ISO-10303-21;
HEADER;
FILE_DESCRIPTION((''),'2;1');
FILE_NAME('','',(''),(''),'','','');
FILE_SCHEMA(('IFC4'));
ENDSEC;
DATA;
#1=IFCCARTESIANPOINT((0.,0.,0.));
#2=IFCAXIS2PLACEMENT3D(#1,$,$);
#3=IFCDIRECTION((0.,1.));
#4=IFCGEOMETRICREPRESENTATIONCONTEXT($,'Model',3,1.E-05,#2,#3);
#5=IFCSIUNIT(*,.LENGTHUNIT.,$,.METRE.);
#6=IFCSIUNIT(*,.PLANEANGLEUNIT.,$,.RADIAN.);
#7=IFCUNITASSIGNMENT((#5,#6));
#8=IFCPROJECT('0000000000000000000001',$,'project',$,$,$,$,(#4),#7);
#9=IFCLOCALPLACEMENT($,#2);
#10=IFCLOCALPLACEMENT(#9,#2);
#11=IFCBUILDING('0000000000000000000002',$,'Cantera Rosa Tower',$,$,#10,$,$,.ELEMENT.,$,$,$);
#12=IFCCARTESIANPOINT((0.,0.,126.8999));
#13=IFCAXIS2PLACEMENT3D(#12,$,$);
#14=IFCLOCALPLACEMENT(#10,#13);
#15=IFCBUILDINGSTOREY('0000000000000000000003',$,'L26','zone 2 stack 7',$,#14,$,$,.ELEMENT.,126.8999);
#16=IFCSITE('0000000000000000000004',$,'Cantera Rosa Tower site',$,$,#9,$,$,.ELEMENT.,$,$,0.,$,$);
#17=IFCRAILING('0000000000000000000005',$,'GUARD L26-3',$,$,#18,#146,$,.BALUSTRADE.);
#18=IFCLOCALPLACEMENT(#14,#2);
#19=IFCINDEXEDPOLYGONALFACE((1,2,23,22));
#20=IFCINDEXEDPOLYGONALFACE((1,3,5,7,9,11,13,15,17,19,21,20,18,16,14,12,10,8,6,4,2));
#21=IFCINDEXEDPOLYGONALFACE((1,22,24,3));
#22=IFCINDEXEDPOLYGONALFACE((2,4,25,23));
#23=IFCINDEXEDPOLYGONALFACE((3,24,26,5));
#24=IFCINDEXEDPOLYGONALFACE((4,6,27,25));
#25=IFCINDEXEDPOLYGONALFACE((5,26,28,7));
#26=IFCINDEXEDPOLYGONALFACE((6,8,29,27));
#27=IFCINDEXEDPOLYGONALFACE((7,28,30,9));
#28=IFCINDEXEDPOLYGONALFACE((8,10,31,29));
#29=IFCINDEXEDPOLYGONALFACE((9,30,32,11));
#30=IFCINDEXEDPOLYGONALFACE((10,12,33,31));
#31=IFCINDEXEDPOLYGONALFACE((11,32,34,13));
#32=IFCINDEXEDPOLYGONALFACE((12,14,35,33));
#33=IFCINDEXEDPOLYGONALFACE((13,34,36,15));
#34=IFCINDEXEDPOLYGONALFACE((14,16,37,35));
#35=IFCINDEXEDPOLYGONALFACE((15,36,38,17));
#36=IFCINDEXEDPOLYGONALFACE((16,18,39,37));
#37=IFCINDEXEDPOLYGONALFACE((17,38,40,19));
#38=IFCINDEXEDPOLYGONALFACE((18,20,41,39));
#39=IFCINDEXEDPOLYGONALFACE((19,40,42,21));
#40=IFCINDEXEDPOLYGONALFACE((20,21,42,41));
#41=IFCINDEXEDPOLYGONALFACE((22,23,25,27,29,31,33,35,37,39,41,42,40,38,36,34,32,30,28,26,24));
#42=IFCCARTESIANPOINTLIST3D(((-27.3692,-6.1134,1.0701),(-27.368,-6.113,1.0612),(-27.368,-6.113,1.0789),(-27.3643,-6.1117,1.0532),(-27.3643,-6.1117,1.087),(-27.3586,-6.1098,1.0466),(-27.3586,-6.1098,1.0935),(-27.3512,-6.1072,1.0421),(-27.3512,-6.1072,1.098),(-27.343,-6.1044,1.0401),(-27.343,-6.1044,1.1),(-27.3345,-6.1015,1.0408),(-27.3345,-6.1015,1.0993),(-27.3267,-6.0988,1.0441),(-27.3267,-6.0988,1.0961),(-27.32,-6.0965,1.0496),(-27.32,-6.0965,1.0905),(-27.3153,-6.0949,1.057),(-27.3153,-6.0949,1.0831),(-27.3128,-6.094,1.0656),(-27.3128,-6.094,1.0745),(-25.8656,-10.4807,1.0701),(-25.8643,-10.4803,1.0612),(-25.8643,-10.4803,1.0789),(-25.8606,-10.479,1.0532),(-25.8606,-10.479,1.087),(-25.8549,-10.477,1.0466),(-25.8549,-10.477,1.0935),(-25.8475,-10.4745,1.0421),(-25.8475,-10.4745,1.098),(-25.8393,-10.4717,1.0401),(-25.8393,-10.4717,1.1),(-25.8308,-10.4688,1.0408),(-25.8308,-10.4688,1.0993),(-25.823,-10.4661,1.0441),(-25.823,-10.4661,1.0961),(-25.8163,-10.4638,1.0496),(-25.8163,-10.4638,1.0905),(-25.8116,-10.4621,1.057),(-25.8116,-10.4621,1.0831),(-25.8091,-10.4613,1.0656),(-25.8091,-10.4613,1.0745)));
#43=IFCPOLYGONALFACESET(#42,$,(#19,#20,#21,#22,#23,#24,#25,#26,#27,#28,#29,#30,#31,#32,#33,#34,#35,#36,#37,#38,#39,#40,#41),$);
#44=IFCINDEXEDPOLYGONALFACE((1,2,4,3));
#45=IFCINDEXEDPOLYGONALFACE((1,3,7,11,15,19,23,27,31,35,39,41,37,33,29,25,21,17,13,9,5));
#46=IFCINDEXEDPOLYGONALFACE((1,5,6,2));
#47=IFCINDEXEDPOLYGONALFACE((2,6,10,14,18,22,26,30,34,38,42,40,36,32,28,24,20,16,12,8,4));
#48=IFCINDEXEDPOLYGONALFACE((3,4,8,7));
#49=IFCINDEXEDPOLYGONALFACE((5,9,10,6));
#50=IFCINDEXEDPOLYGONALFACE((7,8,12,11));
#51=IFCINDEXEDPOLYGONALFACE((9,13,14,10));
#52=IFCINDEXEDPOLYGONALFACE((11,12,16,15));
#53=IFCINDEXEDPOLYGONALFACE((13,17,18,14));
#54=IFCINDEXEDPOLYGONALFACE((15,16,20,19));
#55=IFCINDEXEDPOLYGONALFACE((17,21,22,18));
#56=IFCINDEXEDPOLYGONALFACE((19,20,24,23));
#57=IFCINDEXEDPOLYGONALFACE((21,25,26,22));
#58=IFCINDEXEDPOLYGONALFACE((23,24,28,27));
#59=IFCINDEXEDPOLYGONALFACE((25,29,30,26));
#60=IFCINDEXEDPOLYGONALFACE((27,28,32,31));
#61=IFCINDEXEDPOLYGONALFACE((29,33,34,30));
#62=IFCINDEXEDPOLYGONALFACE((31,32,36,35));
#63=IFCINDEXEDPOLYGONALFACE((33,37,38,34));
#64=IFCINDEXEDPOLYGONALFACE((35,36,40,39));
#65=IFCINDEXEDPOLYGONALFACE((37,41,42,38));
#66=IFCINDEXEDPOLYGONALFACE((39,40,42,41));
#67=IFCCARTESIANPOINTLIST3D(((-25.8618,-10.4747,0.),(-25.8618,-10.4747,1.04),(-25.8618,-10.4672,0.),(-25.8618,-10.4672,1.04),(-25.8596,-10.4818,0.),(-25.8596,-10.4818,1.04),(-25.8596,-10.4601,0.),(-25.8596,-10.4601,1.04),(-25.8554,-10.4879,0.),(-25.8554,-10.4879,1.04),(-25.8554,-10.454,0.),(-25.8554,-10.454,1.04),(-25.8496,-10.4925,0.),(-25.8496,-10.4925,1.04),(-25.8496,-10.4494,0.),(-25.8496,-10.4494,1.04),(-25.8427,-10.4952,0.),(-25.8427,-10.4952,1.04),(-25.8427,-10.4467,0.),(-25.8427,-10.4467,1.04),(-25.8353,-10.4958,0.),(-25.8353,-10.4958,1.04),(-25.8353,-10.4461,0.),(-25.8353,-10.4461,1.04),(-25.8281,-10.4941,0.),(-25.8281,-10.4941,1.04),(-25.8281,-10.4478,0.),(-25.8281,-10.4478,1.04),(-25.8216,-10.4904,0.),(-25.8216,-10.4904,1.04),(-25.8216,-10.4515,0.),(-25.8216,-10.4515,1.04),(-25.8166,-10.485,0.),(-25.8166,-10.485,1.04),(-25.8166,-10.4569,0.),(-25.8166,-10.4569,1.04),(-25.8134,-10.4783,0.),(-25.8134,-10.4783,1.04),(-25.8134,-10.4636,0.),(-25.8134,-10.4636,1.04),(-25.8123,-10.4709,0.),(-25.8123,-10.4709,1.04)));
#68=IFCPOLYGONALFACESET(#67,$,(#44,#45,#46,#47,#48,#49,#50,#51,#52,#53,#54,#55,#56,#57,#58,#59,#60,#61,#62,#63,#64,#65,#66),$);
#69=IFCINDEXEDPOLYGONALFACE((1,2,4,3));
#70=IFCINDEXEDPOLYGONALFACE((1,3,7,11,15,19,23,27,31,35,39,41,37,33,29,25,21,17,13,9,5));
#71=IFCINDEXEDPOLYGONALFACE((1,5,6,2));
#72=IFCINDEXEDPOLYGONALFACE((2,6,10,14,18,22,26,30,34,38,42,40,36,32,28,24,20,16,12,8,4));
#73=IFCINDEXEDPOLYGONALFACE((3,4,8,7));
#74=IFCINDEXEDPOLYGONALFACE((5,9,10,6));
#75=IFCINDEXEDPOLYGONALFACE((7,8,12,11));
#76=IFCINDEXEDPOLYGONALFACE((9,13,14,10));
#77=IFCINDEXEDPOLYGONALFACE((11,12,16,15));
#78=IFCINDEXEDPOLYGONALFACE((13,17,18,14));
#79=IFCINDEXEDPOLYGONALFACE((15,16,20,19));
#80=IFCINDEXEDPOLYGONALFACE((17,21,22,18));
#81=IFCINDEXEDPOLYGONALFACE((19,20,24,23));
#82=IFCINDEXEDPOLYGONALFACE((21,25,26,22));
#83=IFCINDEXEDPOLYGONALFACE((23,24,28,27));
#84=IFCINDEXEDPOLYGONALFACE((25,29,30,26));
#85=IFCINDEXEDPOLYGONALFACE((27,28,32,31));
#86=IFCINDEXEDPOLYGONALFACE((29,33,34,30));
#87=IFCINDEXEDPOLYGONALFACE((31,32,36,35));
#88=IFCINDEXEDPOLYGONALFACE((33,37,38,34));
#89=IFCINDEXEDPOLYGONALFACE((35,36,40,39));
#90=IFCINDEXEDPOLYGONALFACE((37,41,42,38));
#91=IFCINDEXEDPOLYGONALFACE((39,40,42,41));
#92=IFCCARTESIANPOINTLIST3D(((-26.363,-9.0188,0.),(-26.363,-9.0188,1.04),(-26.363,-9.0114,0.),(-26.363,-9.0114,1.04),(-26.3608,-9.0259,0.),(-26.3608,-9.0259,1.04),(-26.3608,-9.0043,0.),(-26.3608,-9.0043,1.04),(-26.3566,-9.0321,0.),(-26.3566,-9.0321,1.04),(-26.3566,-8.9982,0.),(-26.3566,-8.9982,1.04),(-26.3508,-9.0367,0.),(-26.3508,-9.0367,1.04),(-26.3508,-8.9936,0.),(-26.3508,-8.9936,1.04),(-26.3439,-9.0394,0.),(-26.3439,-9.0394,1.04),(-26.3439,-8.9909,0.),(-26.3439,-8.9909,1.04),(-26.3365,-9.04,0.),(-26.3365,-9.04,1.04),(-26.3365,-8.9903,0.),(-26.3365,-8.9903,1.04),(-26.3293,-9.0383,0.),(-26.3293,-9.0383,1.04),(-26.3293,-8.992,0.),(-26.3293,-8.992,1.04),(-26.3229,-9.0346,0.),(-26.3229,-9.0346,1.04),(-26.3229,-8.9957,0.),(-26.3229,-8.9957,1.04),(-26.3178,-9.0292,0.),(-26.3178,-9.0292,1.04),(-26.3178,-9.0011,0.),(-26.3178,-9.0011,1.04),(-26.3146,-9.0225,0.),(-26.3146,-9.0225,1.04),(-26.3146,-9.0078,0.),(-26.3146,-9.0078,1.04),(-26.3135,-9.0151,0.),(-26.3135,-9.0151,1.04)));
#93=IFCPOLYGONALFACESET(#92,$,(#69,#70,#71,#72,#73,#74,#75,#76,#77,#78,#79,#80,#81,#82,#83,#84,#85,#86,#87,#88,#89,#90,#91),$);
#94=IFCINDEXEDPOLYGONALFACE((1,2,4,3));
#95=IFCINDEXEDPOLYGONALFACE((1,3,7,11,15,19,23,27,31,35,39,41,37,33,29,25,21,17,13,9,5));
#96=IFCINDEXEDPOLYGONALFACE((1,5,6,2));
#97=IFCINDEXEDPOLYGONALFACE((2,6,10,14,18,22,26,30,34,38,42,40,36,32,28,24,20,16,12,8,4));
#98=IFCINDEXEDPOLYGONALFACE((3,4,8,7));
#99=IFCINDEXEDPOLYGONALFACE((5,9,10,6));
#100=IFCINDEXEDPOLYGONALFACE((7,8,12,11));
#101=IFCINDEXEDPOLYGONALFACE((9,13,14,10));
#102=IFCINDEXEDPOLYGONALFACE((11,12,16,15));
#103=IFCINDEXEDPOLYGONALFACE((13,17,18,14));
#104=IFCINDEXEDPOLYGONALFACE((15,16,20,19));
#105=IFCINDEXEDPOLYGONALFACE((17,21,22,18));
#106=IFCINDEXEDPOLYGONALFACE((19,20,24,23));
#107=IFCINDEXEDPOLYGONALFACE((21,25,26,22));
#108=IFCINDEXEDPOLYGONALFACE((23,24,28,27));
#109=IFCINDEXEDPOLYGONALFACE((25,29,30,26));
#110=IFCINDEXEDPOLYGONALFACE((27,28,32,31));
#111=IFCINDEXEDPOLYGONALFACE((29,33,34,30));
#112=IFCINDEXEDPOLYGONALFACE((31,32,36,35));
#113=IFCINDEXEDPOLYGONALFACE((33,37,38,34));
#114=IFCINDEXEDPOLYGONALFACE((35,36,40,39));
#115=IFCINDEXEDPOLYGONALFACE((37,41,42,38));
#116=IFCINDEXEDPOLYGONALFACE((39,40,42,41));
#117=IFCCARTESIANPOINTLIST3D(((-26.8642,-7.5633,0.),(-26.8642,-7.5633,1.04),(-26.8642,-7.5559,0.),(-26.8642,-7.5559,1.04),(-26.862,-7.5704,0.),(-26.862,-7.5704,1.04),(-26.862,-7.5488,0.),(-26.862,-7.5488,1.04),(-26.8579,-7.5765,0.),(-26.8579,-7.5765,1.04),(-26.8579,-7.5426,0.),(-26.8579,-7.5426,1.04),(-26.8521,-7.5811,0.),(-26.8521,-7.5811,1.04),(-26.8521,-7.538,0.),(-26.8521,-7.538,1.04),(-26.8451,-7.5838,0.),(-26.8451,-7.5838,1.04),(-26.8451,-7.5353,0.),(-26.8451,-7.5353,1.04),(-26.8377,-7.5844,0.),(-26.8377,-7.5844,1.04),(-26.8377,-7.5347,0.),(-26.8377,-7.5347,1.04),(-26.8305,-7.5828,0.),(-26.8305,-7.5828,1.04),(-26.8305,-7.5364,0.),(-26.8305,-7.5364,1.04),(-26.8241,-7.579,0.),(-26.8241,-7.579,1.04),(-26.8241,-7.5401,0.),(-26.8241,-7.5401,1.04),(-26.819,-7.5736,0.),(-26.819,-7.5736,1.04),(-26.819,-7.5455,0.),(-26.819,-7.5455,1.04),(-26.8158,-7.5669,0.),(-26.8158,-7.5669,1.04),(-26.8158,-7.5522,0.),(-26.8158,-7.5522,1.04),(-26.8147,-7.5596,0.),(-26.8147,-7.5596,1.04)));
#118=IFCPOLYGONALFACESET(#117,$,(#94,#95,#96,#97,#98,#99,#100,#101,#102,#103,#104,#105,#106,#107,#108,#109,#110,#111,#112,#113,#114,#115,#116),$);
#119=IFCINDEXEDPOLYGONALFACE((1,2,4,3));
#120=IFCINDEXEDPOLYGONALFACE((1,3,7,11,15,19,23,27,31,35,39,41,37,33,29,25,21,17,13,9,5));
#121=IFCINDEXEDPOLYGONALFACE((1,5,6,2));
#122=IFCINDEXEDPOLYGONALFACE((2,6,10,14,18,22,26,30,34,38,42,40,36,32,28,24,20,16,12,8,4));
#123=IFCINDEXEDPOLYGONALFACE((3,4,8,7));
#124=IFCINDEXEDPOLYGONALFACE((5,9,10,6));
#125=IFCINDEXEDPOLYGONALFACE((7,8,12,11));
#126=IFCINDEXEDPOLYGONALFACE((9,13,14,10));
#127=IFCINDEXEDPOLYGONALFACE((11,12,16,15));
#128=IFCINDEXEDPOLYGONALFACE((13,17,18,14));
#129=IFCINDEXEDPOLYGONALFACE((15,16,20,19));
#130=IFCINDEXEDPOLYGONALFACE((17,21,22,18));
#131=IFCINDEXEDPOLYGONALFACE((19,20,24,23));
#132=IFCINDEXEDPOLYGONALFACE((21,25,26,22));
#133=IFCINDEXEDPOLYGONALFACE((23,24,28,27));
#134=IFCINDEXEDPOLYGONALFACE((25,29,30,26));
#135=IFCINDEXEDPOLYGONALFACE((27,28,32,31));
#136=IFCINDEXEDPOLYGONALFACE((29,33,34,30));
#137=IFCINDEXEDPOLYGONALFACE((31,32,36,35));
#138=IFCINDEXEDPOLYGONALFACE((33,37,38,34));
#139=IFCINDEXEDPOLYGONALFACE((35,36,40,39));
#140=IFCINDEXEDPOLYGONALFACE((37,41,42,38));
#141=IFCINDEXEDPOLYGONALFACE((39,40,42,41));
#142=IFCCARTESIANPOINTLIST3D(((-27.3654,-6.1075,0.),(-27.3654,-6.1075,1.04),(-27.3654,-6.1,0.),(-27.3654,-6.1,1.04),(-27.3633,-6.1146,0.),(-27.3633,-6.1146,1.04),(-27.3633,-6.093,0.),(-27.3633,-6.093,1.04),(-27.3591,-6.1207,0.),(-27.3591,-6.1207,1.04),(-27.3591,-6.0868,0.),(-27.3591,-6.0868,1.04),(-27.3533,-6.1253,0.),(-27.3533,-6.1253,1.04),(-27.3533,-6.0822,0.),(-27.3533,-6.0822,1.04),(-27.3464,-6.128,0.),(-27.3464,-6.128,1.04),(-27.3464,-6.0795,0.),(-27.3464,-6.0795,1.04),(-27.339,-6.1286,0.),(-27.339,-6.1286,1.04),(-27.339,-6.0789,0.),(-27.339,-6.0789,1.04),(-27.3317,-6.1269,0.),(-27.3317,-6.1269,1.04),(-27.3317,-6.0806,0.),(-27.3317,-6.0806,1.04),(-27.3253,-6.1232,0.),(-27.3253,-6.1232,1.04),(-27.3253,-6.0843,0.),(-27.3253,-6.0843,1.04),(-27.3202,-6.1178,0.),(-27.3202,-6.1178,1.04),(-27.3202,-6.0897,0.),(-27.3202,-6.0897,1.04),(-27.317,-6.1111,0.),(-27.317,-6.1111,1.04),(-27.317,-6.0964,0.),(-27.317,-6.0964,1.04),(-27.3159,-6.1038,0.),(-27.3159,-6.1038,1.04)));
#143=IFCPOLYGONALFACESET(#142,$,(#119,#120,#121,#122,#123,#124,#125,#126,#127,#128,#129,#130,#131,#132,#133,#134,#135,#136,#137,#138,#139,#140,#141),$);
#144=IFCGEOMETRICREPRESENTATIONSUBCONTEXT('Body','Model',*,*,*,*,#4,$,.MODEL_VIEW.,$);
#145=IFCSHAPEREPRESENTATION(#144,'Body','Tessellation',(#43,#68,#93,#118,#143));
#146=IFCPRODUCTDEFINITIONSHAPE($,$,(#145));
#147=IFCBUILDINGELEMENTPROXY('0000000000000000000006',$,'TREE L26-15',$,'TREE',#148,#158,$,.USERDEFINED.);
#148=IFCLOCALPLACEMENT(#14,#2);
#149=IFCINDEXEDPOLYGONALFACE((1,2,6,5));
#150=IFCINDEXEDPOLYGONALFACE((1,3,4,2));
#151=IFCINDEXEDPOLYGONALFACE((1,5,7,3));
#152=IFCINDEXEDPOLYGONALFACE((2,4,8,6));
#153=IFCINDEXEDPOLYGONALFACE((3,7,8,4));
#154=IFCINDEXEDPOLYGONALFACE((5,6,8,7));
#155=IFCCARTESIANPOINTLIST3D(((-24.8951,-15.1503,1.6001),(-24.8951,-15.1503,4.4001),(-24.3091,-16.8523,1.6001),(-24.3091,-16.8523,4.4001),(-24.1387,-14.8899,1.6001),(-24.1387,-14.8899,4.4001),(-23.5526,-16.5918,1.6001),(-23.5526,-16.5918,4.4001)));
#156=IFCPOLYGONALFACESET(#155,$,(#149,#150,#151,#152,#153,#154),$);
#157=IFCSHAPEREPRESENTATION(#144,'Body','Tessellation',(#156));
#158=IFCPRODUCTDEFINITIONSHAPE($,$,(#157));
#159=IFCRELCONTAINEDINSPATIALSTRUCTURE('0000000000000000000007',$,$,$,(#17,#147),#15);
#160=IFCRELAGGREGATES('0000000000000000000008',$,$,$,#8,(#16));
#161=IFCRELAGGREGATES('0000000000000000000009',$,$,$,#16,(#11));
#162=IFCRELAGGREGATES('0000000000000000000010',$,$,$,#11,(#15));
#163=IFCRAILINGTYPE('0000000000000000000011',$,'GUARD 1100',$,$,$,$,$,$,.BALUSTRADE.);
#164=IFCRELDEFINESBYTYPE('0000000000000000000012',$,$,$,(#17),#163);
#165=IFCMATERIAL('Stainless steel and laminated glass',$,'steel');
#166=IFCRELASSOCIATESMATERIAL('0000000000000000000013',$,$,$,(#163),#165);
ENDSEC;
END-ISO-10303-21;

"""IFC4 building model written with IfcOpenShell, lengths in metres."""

from ifc_helpers import new_model, si_unit, direction, frame, origin, origin_2d, place, context, subcontext, project, spatial, rectangle, circle, extrude, material, type_object, element, save


model = new_model("IFC4")

# Units and contexts
model_context = context("Model", 3, precision=1e-05, world=origin(), true_north=direction((0.0, 1.0)))
body_context = subcontext(model_context, "Body", "Model", "MODEL_VIEW")
ifc_project = project(units=[si_unit("LENGTHUNIT", "METRE"), si_unit("PLANEANGLEUNIT", "RADIAN")], contexts=[model_context])

# Site, building, storey
site_placement = place(None, origin())
site = spatial("IfcSite", under=ifc_project, at=site_placement, Name="Cantera Rosa Tower site", CompositionType="ELEMENT", RefElevation=0.0)
building_placement = place(site_placement, origin())
building = spatial("IfcBuilding", under=site, at=building_placement, Name="Cantera Rosa Tower", CompositionType="ELEMENT")
storey_placement = place(building_placement, frame((0.0, 0.0, 126.8999)))
storey = spatial("IfcBuildingStorey", under=building, at=storey_placement, Name="L26", Description="zone 2 stack 7", CompositionType="ELEMENT", Elevation=126.8999)

# Railing
ifc_material_1 = material(Name="Stainless steel and laminated glass", Category="steel")
railing_type = type_object("IfcRailingType", Name="GUARD 1100", PredefinedType="BALUSTRADE", material=ifc_material_1)
railing_1_placement = place(storey_placement, frame((-25.8372, -10.4709, 0.0)))
element("IfcRailing", 1, at=railing_1_placement, inside=storey, type_object=railing_type, Name="GUARD L26-3", PredefinedType="BALUSTRADE", context=body_context, shape_type="SweptSolid", body=[
    extrude(circle(Radius=0.03, at=origin_2d()), frame((0.0, 0.0, 1.0701), z_axis=(-0.325552, 0.945524, 0.0), x_axis=(-0.945524, -0.325552, 0.0)), (0.0, 0.0, 1.0), 4.6189),
    extrude(circle(Radius=0.0249, at=origin_2d()), origin(), (0.0, 0.0, 1.0), 1.04),
    extrude(circle(Radius=0.0249, at=origin_2d()), frame((-0.5012, 1.4558, 0.0)), (0.0, 0.0, 1.0), 1.04),
    extrude(circle(Radius=0.0249, at=origin_2d()), frame((-1.0024, 2.9114, 0.0)), (0.0, 0.0, 1.0), 1.04),
    extrude(circle(Radius=0.0249, at=origin_2d()), frame((-1.5037, 4.3672, 0.0)), (0.0, 0.0, 1.0), 1.04),
])

# Building element proxy
proxy_placement = place(storey_placement, frame((-24.2239, -15.8711, 1.6001), z_axis=(0.0, 0.0, 1.0), x_axis=(0.325568, -0.945519, 0.0)))
element("IfcBuildingElementProxy", 2, at=proxy_placement, inside=storey, Name="TREE L26-15", ObjectType="TREE", PredefinedType="USERDEFINED", context=body_context, shape_type="SweptSolid", body=[
    extrude(rectangle(XDim=1.8, YDim=0.8, at=origin_2d()), origin(), (0.0, 0.0, 1.0), 2.8),
])

save(model, "model.ifc")
